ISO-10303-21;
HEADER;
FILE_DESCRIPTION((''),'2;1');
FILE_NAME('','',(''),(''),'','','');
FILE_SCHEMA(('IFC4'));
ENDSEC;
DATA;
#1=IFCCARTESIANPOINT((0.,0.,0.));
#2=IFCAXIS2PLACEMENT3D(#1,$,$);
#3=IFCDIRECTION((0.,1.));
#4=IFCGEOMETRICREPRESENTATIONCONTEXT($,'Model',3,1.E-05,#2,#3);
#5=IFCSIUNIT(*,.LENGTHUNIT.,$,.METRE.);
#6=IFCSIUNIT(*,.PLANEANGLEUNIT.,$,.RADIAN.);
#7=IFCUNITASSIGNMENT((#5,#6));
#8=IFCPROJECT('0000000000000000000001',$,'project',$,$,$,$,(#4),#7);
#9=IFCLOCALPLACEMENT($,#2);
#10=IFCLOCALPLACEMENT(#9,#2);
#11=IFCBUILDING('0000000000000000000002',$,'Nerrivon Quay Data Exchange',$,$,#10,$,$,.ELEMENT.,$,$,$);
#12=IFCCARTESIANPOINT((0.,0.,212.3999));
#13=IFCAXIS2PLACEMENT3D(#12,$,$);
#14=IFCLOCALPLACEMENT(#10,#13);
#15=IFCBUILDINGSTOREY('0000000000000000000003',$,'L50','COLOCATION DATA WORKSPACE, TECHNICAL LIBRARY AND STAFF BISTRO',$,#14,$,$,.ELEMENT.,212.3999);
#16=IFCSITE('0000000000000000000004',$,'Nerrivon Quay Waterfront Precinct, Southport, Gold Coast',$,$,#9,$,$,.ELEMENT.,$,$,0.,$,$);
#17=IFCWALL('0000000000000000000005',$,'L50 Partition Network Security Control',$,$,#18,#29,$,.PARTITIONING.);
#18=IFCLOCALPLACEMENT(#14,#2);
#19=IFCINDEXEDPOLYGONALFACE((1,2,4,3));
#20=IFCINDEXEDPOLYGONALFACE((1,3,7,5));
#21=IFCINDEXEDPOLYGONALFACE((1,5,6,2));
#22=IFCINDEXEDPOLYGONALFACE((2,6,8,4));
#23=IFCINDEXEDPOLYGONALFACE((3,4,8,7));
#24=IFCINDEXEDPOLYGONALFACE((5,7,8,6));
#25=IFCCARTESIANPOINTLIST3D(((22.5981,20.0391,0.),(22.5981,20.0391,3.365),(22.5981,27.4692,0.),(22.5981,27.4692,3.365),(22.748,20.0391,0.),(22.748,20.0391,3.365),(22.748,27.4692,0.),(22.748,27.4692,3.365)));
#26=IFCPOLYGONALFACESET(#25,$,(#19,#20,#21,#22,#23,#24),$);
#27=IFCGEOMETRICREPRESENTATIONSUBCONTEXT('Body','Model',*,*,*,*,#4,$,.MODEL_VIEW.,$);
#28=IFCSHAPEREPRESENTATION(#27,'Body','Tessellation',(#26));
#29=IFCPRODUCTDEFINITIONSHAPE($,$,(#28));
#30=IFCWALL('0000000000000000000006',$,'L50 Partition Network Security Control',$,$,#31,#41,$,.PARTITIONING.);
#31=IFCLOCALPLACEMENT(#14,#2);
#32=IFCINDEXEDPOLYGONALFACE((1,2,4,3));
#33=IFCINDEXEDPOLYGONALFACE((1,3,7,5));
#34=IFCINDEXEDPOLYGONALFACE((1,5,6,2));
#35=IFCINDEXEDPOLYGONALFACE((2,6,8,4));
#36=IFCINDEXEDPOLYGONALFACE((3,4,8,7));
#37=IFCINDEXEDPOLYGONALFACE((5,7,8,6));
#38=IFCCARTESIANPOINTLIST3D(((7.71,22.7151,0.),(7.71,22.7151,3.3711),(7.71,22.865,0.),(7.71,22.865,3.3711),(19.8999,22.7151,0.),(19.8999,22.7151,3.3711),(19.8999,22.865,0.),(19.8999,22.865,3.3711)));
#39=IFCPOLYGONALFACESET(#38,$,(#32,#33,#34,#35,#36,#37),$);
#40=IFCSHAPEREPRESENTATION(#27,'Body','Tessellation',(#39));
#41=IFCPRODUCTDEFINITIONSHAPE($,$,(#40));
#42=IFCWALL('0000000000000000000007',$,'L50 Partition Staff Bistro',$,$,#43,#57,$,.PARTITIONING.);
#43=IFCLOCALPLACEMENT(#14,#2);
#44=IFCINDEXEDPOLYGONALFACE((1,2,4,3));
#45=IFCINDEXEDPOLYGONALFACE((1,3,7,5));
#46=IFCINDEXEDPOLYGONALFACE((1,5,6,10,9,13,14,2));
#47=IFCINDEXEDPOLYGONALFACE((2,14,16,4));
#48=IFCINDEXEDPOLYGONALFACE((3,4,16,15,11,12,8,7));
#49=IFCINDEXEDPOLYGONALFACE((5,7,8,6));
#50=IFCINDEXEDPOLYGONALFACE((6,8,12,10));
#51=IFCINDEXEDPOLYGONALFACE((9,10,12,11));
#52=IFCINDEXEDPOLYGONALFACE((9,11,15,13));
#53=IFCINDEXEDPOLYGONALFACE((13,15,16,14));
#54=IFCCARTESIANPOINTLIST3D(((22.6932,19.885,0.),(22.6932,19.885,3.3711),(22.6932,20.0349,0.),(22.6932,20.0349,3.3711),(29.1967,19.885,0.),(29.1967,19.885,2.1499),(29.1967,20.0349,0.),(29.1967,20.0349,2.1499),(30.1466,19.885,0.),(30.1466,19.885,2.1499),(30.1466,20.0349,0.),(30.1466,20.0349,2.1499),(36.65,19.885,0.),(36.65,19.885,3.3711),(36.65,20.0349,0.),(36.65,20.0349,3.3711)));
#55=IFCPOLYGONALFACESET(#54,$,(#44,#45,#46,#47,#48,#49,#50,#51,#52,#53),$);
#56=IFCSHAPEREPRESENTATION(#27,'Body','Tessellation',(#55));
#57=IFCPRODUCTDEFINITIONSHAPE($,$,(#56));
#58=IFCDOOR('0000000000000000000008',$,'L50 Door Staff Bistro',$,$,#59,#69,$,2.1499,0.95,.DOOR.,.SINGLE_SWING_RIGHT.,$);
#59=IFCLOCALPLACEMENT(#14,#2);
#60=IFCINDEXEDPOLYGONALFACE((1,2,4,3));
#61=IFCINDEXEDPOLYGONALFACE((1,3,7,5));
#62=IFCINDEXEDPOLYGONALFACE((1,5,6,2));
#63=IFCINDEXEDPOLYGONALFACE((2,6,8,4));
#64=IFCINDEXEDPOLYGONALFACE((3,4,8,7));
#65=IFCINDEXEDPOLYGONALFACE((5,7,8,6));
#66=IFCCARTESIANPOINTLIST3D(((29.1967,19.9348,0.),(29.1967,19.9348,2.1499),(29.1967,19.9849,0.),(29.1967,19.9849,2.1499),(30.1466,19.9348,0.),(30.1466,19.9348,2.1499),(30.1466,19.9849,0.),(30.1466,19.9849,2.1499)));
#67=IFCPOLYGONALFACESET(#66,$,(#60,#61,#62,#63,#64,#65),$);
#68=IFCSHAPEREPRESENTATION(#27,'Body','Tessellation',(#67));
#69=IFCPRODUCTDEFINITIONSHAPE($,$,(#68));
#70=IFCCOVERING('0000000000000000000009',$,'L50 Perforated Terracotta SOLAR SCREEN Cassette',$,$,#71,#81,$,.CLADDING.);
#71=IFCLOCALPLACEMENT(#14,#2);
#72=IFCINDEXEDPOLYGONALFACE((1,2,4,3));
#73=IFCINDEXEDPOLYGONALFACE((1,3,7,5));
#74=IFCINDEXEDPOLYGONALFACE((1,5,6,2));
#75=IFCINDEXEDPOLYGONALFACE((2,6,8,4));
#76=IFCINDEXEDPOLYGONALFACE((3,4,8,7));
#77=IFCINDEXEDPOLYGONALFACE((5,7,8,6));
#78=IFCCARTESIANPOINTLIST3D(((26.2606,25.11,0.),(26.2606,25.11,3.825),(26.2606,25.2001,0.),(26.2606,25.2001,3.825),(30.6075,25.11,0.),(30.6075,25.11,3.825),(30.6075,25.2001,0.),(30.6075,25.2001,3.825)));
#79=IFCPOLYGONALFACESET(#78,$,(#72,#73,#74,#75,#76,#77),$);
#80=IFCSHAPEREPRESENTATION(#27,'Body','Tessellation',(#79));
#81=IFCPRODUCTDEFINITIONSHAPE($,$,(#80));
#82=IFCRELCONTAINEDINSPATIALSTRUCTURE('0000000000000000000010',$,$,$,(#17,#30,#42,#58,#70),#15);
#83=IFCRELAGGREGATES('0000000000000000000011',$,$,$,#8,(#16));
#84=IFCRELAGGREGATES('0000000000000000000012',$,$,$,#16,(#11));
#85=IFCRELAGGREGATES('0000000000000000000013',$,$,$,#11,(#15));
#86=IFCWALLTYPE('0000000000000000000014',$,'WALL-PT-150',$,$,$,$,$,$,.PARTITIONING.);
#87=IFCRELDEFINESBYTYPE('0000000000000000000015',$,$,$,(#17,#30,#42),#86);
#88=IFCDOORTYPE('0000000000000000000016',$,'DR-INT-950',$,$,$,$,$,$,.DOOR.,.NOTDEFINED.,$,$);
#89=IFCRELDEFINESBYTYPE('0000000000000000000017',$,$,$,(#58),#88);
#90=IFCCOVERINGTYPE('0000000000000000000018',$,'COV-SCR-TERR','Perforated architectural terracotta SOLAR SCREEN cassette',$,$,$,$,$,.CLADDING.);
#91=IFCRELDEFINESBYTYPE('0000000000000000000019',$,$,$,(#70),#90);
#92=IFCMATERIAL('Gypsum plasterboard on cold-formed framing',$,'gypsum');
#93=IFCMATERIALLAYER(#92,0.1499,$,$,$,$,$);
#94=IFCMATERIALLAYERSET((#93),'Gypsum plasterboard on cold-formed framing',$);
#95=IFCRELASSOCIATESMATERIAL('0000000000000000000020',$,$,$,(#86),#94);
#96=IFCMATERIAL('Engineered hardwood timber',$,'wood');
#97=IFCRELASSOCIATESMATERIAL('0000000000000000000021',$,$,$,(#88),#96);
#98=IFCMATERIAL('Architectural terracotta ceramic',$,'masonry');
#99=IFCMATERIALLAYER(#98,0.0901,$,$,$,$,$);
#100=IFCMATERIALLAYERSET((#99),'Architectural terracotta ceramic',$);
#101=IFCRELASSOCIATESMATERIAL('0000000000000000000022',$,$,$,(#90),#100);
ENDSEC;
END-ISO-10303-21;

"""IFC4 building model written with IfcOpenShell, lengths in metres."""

from ifc_helpers import new_model, si_unit, direction, frame, frame_2d, origin, origin_2d, place, context, subcontext, project, spatial, rectangle, extrude, material, layer, layer_set, type_object, element, fill, save


model = new_model("IFC4")

# Units and contexts
model_context = context("Model", 3, precision=1e-05, world=origin(), true_north=direction((0.0, 1.0)))
body_context = subcontext(model_context, "Body", "Model", "MODEL_VIEW")
ifc_project = project(units=[si_unit("LENGTHUNIT", "METRE"), si_unit("PLANEANGLEUNIT", "RADIAN")], contexts=[model_context])

# Site, building, storey
site_placement = place(None, origin())
site = spatial("IfcSite", under=ifc_project, at=site_placement, Name="Nerrivon Quay Waterfront Precinct, Southport, Gold Coast", CompositionType="ELEMENT", RefElevation=0.0)
building_placement = place(site_placement, origin())
building = spatial("IfcBuilding", under=site, at=building_placement, Name="Nerrivon Quay Data Exchange", CompositionType="ELEMENT")
storey_placement = place(building_placement, frame((0.0, 0.0, 212.3999)))
storey = spatial("IfcBuildingStorey", under=building, at=storey_placement, Name="L50", Description="COLOCATION DATA WORKSPACE, TECHNICAL LIBRARY AND STAFF BISTRO", CompositionType="ELEMENT", Elevation=212.3999)

# Walls
ifc_material_1 = material(Name="Gypsum plasterboard on cold-formed framing", Category="gypsum")
ifc_layer_1 = layer(ifc_material_1, 0.1499)
ifc_layer_set_1 = layer_set([ifc_layer_1], Name="Gypsum plasterboard on cold-formed framing")
wall_type_1 = type_object("IfcWallType", Name="WALL-PT-150", PredefinedType="PARTITIONING", material=ifc_layer_set_1)
wall_1_placement = place(storey_placement, frame((22.6731, 20.0391, 0.0), z_axis=(0.0, 0.0, 1.0), x_axis=(0.0, 1.0, 0.0)))
element("IfcWall", 1, at=wall_1_placement, inside=storey, type_object=wall_type_1, Name="L50 Partition Network Security Control", PredefinedType="PARTITIONING", context=body_context, shape_type="SweptSolid", body=[
    extrude(rectangle(XDim=7.4302, YDim=0.1499, at=frame_2d((3.7151, 0.0))), origin(), (0.0, 0.0, 1.0), 3.365),
])
wall_2_placement = place(storey_placement, frame((19.8999, 22.79, 0.0), z_axis=(0.0, 0.0, 1.0), x_axis=(-1.0, 0.0, 0.0)))
element("IfcWall", 2, at=wall_2_placement, inside=storey, type_object=wall_type_1, Name="L50 Partition Network Security Control", PredefinedType="PARTITIONING", context=body_context, shape_type="SweptSolid", body=[
    extrude(rectangle(XDim=12.1899, YDim=0.1499, at=frame_2d((6.095, 0.0))), origin(), (0.0, 0.0, 1.0), 3.3711),
])

# Wall, opening, door
wall_3_placement = place(storey_placement, frame((22.6931, 19.96, 0.0), z_axis=(0.0, 0.0, 1.0), x_axis=(1.0, 0.0, 0.0)))
wall_3 = element("IfcWall", 3, at=wall_3_placement, inside=storey, type_object=wall_type_1, Name="L50 Partition Staff Bistro", PredefinedType="PARTITIONING", context=body_context, shape_type="SweptSolid", body=[
    extrude(rectangle(XDim=13.9568, YDim=0.1499, at=frame_2d((6.9785, 0.0))), origin(), (0.0, 0.0, 1.0), 3.3711),
])
opening_placement = place(wall_3_placement, frame((6.5034, 0.0, 0.0)))
opening = element("IfcOpeningElement", 4, at=opening_placement, cuts=wall_3, PredefinedType="OPENING", context=body_context, shape_type="SweptSolid", body=[
    extrude(rectangle(XDim=0.95, YDim=2.1499, at=frame_2d((0.4751, 1.075))), frame((0.0, 0.085, 0.0), z_axis=(0.0, -1.0, 0.0), x_axis=(1.0, 0.0, 0.0)), (0.0, 0.0, 1.0), 0.1699),
])
ifc_material_2 = material(Name="Engineered hardwood timber", Category="wood")
door_type = type_object("IfcDoorType", Name="DR-INT-950", OperationType="NOTDEFINED", PredefinedType="DOOR", material=ifc_material_2)
door_placement = place(opening_placement, origin())
door = element("IfcDoor", 5, at=door_placement, inside=storey, type_object=door_type, Name="L50 Door Staff Bistro", OperationType="SINGLE_SWING_RIGHT", OverallHeight=2.1499, OverallWidth=0.95, PredefinedType="DOOR", context=body_context, shape_type="SweptSolid", body=[
    extrude(rectangle(XDim=0.95, YDim=2.1499, at=frame_2d((0.4751, 1.075))), frame((0.0, 0.0249, 0.0), z_axis=(0.0, -1.0, 0.0), x_axis=(1.0, 0.0, 0.0)), (0.0, 0.0, 1.0), 0.05),
])
fill(opening, door)

# Covering
ifc_material_3 = material(Name="Architectural terracotta ceramic", Category="masonry")
ifc_layer_2 = layer(ifc_material_3, 0.0901)
ifc_layer_set_2 = layer_set([ifc_layer_2], Name="Architectural terracotta ceramic")
covering_type = type_object("IfcCoveringType", Name="COV-SCR-TERR", Description="Perforated architectural terracotta SOLAR SCREEN cassette", PredefinedType="CLADDING", material=ifc_layer_set_2)
covering_placement = place(storey_placement, frame((28.4341, 25.155, 0.0), z_axis=(0.0, 0.0, 1.0), x_axis=(1.0, 0.0, 0.0)))
element("IfcCovering", 6, at=covering_placement, inside=storey, type_object=covering_type, Name="L50 Perforated Terracotta SOLAR SCREEN Cassette", PredefinedType="CLADDING", context=body_context, shape_type="SweptSolid", body=[
    extrude(rectangle(XDim=4.3469, YDim=0.0901, at=origin_2d()), origin(), (0.0, 0.0, 1.0), 3.825),
])

save(model, "model.ifc")
